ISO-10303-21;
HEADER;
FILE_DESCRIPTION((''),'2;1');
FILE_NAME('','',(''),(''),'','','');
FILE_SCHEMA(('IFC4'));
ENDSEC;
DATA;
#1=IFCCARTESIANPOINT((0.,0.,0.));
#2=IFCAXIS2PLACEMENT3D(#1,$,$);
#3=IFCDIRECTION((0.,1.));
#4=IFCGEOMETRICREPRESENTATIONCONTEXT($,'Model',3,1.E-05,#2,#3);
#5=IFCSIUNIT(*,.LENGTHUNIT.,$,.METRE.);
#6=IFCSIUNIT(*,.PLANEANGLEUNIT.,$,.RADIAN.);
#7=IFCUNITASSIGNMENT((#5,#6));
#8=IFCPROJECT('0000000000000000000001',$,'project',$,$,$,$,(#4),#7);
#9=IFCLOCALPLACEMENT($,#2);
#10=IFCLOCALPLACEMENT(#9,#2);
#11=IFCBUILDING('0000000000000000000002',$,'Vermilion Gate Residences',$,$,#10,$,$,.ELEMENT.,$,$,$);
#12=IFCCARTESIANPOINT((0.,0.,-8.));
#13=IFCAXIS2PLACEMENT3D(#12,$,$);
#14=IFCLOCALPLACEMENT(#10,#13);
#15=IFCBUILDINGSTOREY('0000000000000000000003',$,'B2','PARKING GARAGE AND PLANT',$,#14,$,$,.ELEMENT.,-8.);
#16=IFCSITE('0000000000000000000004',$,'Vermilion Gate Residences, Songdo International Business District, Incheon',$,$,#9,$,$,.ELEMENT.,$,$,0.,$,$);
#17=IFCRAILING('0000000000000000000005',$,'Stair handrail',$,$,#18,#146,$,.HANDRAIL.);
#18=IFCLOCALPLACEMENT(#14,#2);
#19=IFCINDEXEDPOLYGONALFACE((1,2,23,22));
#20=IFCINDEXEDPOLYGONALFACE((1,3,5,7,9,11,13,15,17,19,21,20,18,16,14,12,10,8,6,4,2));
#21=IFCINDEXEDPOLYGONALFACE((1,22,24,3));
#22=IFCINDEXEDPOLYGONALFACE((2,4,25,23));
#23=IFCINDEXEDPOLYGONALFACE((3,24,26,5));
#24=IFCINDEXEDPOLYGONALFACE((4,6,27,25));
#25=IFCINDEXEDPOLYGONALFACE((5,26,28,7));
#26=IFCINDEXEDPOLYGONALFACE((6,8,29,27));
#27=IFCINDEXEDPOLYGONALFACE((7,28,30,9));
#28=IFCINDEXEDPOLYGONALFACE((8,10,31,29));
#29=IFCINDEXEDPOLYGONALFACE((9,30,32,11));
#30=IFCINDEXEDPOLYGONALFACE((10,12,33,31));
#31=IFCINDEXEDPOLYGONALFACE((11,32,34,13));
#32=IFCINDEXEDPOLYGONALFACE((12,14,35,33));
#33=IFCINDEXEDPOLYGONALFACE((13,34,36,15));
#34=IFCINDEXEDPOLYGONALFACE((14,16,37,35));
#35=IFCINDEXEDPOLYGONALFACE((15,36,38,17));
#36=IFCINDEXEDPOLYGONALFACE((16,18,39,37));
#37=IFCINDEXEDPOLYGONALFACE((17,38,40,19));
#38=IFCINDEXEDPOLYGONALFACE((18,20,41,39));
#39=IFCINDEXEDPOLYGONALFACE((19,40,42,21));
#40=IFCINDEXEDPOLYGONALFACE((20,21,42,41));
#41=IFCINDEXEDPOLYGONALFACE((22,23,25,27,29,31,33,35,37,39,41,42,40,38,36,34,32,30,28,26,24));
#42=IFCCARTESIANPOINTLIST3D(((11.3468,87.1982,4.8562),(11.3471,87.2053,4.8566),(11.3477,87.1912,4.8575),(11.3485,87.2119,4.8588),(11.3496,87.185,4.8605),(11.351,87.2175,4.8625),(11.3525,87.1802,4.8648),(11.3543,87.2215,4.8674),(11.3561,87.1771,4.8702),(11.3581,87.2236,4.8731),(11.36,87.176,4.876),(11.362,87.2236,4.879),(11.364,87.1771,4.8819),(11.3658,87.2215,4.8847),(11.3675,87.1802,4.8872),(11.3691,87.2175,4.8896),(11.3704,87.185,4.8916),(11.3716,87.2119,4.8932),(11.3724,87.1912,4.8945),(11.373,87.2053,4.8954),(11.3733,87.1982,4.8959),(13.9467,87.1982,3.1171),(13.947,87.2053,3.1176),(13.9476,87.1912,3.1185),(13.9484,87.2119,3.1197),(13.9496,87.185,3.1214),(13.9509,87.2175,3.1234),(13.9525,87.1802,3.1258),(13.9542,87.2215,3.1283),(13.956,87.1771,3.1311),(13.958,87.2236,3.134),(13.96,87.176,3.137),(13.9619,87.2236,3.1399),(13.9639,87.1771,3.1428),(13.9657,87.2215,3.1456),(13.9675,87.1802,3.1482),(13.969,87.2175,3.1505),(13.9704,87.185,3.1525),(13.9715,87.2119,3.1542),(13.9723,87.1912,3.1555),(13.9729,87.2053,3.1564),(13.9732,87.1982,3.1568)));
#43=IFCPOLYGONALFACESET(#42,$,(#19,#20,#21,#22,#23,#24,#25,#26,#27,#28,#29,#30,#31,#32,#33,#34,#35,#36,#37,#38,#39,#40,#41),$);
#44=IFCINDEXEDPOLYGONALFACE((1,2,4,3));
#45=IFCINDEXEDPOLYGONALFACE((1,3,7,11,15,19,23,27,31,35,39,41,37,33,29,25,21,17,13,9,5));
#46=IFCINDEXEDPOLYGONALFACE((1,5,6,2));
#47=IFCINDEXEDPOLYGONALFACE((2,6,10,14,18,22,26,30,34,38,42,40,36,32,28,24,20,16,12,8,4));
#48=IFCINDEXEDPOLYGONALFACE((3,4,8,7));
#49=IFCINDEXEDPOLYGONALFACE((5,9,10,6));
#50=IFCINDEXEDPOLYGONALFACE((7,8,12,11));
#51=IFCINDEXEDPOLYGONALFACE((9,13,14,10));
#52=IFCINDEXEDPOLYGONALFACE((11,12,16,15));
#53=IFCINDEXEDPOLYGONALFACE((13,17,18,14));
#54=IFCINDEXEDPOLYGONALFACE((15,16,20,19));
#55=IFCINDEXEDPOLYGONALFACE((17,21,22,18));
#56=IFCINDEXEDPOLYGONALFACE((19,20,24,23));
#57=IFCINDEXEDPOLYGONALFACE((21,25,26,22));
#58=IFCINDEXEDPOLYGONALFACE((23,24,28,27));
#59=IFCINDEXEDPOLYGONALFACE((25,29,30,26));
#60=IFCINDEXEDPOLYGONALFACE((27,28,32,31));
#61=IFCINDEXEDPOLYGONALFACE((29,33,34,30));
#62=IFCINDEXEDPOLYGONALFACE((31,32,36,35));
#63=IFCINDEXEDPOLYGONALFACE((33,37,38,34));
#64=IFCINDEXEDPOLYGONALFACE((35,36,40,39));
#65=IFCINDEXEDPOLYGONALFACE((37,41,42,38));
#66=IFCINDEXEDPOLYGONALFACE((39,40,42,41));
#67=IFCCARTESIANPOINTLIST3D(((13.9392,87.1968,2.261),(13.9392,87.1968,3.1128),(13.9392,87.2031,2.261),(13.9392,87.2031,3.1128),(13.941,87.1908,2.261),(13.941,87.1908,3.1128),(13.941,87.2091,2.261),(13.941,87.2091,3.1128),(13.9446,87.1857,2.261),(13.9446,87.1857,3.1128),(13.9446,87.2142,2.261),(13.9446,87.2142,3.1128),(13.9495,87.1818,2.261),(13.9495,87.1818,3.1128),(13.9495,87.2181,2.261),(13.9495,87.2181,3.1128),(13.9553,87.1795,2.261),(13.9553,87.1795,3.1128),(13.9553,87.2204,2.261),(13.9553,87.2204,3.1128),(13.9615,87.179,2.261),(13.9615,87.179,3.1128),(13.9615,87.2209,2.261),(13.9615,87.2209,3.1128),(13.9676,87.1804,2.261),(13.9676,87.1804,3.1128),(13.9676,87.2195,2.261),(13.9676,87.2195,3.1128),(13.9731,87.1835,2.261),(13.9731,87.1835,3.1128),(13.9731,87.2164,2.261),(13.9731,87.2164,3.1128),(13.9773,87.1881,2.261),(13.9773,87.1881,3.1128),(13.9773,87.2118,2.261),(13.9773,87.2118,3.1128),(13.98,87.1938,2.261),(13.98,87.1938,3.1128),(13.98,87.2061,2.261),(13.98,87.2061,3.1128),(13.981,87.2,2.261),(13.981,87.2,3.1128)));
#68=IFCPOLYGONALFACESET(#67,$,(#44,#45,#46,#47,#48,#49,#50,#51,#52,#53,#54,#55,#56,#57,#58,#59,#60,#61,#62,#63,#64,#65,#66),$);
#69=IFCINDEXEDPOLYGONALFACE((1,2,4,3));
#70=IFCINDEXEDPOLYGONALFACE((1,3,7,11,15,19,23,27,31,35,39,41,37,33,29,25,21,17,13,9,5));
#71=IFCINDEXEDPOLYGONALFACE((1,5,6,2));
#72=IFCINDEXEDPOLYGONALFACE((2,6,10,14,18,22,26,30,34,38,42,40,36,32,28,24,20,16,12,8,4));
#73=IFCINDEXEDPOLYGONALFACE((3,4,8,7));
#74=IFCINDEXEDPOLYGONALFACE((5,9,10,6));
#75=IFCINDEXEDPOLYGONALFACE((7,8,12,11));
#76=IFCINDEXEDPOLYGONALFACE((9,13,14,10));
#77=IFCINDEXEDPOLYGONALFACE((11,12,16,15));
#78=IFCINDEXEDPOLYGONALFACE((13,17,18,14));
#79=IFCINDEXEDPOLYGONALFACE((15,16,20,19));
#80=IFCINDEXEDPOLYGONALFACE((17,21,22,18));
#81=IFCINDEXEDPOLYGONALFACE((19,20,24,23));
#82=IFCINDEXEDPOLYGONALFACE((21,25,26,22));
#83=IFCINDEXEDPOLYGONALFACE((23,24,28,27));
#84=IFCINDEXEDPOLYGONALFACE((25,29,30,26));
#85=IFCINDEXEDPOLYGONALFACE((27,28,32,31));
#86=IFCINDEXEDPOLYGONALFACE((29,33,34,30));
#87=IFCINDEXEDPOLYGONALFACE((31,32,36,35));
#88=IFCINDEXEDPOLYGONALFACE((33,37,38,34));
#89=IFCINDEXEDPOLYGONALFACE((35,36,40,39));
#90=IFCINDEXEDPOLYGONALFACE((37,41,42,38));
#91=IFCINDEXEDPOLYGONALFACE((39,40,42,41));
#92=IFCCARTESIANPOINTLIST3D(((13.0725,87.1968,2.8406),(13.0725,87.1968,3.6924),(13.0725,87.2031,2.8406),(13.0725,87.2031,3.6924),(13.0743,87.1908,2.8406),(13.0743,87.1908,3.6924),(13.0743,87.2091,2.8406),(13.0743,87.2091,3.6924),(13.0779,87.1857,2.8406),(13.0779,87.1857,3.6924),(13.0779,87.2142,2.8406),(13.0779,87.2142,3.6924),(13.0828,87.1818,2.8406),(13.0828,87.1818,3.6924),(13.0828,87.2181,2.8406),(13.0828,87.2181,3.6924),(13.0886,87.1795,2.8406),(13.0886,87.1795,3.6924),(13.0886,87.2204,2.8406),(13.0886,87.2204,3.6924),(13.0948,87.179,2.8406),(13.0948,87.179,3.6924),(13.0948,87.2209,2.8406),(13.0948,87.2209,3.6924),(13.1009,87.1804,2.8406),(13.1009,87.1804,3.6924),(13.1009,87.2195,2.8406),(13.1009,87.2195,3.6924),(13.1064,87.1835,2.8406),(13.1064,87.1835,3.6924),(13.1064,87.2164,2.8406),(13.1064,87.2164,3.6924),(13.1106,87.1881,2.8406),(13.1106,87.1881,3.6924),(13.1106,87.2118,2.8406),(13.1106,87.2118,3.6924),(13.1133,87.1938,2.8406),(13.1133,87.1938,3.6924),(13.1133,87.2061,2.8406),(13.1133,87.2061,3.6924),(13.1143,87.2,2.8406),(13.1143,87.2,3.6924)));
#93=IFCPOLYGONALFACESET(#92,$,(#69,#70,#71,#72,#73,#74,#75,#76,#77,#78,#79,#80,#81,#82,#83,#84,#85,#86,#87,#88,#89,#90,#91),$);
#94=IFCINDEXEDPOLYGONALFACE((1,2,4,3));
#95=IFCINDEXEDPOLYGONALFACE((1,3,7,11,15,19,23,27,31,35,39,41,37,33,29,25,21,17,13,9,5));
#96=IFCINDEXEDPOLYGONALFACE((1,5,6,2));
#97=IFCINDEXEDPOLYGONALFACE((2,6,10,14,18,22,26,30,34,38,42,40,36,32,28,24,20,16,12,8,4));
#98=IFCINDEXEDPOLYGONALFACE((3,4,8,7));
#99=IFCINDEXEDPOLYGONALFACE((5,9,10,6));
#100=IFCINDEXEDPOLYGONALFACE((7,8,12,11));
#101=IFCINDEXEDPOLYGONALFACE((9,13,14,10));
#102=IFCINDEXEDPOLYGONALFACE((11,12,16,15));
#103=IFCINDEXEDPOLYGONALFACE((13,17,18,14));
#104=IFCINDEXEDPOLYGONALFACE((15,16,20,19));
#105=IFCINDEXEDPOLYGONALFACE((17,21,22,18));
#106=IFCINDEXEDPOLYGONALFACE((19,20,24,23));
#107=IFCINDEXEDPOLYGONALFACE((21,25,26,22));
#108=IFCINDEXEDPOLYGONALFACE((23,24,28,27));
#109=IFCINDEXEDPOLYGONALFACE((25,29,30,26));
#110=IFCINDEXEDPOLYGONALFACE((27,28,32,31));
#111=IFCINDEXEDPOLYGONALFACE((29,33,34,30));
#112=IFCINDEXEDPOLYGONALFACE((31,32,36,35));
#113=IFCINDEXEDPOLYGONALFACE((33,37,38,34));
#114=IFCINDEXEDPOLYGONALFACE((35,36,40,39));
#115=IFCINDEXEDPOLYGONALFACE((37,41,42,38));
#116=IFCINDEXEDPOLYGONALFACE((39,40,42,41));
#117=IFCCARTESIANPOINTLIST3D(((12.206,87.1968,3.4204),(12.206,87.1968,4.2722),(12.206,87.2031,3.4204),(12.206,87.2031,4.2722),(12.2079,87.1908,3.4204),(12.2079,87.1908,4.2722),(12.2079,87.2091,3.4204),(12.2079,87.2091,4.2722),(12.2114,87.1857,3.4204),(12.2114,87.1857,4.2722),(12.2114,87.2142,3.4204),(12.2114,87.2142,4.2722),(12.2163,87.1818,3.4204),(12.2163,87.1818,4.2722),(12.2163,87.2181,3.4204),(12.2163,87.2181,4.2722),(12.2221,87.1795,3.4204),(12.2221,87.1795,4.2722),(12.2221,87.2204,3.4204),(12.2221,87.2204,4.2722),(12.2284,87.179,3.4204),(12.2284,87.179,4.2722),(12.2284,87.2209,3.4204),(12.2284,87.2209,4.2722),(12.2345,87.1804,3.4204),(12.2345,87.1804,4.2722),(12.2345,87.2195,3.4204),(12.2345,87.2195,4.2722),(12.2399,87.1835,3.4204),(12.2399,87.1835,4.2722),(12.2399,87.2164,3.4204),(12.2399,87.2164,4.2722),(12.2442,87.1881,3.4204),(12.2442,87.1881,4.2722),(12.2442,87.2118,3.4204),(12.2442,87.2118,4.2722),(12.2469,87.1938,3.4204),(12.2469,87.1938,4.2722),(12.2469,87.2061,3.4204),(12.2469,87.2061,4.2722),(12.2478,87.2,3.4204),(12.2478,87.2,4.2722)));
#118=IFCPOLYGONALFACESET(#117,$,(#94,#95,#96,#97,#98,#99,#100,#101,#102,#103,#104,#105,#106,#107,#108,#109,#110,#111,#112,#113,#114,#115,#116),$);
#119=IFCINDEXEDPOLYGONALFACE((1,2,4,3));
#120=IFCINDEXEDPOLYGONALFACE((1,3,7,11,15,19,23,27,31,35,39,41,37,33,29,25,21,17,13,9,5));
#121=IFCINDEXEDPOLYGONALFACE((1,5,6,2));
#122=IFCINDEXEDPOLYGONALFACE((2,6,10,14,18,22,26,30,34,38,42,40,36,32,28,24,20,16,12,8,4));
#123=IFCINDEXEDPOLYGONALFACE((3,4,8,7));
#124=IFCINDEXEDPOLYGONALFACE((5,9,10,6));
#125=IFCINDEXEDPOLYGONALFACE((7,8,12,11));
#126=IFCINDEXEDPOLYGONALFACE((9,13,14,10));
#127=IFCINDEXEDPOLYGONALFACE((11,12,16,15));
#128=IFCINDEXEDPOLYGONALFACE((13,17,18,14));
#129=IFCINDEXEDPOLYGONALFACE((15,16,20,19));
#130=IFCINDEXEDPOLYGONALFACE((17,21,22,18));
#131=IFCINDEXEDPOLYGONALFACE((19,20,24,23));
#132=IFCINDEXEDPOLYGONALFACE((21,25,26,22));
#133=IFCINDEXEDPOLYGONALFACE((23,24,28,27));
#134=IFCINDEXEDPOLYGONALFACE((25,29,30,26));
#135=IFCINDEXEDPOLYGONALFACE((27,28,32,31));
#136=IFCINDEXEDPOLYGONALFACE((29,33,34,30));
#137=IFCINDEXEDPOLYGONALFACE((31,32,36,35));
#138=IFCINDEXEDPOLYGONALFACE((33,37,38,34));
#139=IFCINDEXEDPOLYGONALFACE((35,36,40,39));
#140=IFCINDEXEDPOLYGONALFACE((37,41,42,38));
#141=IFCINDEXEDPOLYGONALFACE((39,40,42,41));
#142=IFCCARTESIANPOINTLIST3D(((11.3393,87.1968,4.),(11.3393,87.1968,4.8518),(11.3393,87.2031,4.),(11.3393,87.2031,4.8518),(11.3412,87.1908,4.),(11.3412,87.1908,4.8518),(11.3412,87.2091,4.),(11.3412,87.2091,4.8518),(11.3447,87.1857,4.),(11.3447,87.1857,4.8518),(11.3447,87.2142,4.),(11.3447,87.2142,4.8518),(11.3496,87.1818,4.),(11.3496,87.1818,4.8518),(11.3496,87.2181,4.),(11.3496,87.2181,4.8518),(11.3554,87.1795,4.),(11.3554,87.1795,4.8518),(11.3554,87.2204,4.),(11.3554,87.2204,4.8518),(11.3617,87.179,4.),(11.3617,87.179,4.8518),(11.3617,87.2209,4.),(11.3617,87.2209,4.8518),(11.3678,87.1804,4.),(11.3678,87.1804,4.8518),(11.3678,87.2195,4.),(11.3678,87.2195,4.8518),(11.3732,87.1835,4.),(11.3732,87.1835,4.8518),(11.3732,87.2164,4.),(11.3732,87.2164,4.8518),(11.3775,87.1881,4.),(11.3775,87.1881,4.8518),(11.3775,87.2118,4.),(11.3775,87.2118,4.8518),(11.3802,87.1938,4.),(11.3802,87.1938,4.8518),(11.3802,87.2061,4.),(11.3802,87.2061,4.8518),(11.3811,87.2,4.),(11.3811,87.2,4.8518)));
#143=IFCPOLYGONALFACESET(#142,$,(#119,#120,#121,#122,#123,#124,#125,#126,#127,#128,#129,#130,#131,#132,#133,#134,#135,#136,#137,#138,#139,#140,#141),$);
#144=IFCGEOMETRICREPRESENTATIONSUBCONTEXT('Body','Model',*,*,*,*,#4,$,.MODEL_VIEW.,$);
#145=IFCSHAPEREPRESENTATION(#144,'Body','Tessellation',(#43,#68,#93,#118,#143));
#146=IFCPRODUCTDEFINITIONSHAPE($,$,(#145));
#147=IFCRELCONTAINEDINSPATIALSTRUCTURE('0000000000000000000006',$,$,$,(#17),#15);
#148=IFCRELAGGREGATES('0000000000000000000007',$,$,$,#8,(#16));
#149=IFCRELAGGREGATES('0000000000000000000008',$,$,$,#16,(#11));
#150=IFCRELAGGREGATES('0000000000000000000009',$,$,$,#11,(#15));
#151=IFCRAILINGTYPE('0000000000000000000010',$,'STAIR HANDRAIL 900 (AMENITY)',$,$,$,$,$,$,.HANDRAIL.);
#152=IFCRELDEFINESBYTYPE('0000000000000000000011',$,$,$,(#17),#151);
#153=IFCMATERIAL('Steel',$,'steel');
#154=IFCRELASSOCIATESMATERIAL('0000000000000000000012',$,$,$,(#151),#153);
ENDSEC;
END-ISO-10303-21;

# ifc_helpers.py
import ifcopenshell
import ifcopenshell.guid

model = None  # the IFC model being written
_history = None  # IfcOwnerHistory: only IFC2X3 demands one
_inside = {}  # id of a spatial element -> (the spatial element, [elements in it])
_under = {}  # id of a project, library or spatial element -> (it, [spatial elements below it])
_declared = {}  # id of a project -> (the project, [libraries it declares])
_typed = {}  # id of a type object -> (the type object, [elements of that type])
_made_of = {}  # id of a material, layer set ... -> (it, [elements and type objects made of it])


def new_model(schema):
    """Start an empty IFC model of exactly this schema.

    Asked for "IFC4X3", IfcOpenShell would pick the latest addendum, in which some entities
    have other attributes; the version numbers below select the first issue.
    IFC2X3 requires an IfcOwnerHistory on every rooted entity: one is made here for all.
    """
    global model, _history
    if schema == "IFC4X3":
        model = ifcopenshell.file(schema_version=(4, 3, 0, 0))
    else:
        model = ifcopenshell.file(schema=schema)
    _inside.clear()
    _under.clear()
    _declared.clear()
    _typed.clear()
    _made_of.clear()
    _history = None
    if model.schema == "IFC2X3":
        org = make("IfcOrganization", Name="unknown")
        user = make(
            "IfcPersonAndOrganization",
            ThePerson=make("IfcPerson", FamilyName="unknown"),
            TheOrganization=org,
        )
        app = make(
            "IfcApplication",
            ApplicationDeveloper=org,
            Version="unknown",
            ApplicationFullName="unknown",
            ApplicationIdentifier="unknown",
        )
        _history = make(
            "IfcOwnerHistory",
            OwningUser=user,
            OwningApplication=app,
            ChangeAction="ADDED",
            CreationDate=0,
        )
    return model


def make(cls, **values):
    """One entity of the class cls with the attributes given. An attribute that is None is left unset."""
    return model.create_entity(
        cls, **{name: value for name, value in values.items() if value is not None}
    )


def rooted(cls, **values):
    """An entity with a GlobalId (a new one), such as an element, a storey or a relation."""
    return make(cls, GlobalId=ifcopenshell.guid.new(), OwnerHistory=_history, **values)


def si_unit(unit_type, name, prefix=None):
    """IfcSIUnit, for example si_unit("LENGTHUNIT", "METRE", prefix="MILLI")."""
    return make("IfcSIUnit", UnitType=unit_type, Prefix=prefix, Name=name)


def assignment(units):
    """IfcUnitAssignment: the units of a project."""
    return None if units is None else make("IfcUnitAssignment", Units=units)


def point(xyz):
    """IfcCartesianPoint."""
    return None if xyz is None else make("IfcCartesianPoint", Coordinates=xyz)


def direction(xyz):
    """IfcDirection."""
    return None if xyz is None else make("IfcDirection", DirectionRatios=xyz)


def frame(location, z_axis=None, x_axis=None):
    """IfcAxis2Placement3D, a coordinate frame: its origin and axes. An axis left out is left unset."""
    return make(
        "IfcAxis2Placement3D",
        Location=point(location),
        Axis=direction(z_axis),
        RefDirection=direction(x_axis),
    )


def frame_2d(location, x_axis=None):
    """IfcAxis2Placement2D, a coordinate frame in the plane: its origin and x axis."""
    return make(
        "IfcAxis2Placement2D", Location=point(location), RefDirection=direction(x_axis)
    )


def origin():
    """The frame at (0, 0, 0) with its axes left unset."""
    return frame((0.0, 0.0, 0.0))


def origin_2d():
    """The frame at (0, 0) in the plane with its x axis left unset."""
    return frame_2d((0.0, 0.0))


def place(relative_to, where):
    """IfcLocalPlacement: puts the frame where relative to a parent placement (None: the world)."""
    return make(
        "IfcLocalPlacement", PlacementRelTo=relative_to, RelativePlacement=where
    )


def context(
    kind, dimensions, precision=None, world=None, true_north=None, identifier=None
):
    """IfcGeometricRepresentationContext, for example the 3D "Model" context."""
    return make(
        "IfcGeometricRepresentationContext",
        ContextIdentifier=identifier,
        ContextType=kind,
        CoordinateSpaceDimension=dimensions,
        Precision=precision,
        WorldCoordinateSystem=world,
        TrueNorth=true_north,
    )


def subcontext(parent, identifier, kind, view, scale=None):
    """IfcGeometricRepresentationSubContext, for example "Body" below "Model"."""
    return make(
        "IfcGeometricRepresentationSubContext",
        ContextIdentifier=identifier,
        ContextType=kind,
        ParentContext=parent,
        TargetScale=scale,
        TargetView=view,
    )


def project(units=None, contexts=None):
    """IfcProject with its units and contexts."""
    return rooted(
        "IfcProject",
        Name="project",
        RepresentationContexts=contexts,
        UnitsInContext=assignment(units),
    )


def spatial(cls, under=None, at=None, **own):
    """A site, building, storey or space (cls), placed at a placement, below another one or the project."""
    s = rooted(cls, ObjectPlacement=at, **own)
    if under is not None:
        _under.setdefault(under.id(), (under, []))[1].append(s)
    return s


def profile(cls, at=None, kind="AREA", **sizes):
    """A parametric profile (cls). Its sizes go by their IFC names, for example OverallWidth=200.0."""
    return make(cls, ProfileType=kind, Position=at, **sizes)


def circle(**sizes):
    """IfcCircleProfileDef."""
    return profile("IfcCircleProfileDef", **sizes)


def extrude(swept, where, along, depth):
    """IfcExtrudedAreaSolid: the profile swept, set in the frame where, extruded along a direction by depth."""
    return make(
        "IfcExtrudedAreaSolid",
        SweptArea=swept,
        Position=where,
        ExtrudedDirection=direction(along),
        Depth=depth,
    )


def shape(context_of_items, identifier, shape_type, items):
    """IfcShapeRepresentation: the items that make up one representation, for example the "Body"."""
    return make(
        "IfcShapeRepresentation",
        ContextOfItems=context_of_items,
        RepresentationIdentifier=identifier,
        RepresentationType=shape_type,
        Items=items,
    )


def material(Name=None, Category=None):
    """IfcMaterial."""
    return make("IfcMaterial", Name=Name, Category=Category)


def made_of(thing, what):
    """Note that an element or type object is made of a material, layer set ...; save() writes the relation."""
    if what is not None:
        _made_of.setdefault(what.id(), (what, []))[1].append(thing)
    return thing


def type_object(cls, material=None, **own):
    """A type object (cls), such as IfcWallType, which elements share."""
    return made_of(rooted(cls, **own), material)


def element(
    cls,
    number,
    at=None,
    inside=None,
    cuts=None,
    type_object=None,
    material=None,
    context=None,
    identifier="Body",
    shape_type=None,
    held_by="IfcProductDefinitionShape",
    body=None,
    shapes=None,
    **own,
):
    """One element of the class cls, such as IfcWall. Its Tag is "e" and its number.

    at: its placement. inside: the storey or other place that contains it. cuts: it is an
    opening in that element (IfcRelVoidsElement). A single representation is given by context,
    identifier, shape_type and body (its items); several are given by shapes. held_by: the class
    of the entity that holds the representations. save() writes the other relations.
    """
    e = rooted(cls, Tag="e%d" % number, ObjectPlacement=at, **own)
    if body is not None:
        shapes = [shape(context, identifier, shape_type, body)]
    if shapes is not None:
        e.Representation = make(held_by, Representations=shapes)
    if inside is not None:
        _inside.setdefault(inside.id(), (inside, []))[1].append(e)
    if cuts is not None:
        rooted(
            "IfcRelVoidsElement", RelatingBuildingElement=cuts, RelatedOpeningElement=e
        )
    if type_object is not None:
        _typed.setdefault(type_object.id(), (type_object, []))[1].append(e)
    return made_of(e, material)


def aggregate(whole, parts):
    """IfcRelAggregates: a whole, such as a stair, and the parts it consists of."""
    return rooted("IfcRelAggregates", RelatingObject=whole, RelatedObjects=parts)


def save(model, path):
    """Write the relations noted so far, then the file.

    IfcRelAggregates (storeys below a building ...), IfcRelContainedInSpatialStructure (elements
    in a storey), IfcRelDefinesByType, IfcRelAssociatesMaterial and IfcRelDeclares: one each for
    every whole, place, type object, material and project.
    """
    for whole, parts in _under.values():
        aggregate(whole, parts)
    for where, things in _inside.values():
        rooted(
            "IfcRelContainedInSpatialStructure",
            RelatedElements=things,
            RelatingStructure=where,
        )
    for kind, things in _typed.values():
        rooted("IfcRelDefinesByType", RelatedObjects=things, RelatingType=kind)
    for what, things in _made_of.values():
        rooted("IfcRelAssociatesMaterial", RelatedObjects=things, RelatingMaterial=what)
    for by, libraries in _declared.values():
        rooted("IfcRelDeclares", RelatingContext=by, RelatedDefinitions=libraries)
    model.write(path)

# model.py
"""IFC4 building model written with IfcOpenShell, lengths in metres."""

from ifc_helpers import new_model, si_unit, direction, frame, origin, origin_2d, place, context, subcontext, project, spatial, circle, extrude, material, type_object, element, save


model = new_model("IFC4")

# Units and contexts
model_context = context("Model", 3, precision=1e-05, world=origin(), true_north=direction((0.0, 1.0)))
body_context = subcontext(model_context, "Body", "Model", "MODEL_VIEW")
ifc_project = project(units=[si_unit("LENGTHUNIT", "METRE"), si_unit("PLANEANGLEUNIT", "RADIAN")], contexts=[model_context])

# Site, building, storey
site_placement = place(None, origin())
site = spatial("IfcSite", under=ifc_project, at=site_placement, Name="Vermilion Gate Residences, Songdo International Business District, Incheon", CompositionType="ELEMENT", RefElevation=0.0)
building_placement = place(site_placement, origin())
building = spatial("IfcBuilding", under=site, at=building_placement, Name="Vermilion Gate Residences", CompositionType="ELEMENT")
storey_placement = place(building_placement, frame((0.0, 0.0, -8.0)))
storey = spatial("IfcBuildingStorey", under=building, at=storey_placement, Name="B2", Description="PARKING GARAGE AND PLANT", CompositionType="ELEMENT", Elevation=-8.0)

# Railing
ifc_material_1 = material(Name="Steel", Category="steel")
railing_type = type_object("IfcRailingType", Name="STAIR HANDRAIL 900 (AMENITY)", PredefinedType="HANDRAIL", material=ifc_material_1)
railing_1_placement = place(storey_placement, frame((13.96, 87.2, 2.261)))
element("IfcRailing", 1, at=railing_1_placement, inside=storey, type_object=railing_type, Name="Stair handrail", PredefinedType="HANDRAIL", context=body_context, shape_type="SweptSolid", body=[
    extrude(circle(Radius=0.0239, at=origin_2d()), frame((0.0, 0.0, 0.876), z_axis=(-0.831197, 0.0, 0.555978), x_axis=(0.0, -1.0, 0.0)), (0.0, 0.0, 1.0), 3.1279),
    extrude(circle(Radius=0.021, at=origin_2d()), origin(), (0.0, 0.0, 1.0), 0.8518),
    extrude(circle(Radius=0.021, at=origin_2d()), frame((-0.8667, 0.0, 0.5796)), (0.0, 0.0, 1.0), 0.8518),
    extrude(circle(Radius=0.021, at=origin_2d()), frame((-1.7332, 0.0, 1.1594)), (0.0, 0.0, 1.0), 0.8518),
    extrude(circle(Radius=0.021, at=origin_2d()), frame((-2.5999, 0.0, 1.739)), (0.0, 0.0, 1.0), 0.8518),
])

save(model, "model.ifc")
